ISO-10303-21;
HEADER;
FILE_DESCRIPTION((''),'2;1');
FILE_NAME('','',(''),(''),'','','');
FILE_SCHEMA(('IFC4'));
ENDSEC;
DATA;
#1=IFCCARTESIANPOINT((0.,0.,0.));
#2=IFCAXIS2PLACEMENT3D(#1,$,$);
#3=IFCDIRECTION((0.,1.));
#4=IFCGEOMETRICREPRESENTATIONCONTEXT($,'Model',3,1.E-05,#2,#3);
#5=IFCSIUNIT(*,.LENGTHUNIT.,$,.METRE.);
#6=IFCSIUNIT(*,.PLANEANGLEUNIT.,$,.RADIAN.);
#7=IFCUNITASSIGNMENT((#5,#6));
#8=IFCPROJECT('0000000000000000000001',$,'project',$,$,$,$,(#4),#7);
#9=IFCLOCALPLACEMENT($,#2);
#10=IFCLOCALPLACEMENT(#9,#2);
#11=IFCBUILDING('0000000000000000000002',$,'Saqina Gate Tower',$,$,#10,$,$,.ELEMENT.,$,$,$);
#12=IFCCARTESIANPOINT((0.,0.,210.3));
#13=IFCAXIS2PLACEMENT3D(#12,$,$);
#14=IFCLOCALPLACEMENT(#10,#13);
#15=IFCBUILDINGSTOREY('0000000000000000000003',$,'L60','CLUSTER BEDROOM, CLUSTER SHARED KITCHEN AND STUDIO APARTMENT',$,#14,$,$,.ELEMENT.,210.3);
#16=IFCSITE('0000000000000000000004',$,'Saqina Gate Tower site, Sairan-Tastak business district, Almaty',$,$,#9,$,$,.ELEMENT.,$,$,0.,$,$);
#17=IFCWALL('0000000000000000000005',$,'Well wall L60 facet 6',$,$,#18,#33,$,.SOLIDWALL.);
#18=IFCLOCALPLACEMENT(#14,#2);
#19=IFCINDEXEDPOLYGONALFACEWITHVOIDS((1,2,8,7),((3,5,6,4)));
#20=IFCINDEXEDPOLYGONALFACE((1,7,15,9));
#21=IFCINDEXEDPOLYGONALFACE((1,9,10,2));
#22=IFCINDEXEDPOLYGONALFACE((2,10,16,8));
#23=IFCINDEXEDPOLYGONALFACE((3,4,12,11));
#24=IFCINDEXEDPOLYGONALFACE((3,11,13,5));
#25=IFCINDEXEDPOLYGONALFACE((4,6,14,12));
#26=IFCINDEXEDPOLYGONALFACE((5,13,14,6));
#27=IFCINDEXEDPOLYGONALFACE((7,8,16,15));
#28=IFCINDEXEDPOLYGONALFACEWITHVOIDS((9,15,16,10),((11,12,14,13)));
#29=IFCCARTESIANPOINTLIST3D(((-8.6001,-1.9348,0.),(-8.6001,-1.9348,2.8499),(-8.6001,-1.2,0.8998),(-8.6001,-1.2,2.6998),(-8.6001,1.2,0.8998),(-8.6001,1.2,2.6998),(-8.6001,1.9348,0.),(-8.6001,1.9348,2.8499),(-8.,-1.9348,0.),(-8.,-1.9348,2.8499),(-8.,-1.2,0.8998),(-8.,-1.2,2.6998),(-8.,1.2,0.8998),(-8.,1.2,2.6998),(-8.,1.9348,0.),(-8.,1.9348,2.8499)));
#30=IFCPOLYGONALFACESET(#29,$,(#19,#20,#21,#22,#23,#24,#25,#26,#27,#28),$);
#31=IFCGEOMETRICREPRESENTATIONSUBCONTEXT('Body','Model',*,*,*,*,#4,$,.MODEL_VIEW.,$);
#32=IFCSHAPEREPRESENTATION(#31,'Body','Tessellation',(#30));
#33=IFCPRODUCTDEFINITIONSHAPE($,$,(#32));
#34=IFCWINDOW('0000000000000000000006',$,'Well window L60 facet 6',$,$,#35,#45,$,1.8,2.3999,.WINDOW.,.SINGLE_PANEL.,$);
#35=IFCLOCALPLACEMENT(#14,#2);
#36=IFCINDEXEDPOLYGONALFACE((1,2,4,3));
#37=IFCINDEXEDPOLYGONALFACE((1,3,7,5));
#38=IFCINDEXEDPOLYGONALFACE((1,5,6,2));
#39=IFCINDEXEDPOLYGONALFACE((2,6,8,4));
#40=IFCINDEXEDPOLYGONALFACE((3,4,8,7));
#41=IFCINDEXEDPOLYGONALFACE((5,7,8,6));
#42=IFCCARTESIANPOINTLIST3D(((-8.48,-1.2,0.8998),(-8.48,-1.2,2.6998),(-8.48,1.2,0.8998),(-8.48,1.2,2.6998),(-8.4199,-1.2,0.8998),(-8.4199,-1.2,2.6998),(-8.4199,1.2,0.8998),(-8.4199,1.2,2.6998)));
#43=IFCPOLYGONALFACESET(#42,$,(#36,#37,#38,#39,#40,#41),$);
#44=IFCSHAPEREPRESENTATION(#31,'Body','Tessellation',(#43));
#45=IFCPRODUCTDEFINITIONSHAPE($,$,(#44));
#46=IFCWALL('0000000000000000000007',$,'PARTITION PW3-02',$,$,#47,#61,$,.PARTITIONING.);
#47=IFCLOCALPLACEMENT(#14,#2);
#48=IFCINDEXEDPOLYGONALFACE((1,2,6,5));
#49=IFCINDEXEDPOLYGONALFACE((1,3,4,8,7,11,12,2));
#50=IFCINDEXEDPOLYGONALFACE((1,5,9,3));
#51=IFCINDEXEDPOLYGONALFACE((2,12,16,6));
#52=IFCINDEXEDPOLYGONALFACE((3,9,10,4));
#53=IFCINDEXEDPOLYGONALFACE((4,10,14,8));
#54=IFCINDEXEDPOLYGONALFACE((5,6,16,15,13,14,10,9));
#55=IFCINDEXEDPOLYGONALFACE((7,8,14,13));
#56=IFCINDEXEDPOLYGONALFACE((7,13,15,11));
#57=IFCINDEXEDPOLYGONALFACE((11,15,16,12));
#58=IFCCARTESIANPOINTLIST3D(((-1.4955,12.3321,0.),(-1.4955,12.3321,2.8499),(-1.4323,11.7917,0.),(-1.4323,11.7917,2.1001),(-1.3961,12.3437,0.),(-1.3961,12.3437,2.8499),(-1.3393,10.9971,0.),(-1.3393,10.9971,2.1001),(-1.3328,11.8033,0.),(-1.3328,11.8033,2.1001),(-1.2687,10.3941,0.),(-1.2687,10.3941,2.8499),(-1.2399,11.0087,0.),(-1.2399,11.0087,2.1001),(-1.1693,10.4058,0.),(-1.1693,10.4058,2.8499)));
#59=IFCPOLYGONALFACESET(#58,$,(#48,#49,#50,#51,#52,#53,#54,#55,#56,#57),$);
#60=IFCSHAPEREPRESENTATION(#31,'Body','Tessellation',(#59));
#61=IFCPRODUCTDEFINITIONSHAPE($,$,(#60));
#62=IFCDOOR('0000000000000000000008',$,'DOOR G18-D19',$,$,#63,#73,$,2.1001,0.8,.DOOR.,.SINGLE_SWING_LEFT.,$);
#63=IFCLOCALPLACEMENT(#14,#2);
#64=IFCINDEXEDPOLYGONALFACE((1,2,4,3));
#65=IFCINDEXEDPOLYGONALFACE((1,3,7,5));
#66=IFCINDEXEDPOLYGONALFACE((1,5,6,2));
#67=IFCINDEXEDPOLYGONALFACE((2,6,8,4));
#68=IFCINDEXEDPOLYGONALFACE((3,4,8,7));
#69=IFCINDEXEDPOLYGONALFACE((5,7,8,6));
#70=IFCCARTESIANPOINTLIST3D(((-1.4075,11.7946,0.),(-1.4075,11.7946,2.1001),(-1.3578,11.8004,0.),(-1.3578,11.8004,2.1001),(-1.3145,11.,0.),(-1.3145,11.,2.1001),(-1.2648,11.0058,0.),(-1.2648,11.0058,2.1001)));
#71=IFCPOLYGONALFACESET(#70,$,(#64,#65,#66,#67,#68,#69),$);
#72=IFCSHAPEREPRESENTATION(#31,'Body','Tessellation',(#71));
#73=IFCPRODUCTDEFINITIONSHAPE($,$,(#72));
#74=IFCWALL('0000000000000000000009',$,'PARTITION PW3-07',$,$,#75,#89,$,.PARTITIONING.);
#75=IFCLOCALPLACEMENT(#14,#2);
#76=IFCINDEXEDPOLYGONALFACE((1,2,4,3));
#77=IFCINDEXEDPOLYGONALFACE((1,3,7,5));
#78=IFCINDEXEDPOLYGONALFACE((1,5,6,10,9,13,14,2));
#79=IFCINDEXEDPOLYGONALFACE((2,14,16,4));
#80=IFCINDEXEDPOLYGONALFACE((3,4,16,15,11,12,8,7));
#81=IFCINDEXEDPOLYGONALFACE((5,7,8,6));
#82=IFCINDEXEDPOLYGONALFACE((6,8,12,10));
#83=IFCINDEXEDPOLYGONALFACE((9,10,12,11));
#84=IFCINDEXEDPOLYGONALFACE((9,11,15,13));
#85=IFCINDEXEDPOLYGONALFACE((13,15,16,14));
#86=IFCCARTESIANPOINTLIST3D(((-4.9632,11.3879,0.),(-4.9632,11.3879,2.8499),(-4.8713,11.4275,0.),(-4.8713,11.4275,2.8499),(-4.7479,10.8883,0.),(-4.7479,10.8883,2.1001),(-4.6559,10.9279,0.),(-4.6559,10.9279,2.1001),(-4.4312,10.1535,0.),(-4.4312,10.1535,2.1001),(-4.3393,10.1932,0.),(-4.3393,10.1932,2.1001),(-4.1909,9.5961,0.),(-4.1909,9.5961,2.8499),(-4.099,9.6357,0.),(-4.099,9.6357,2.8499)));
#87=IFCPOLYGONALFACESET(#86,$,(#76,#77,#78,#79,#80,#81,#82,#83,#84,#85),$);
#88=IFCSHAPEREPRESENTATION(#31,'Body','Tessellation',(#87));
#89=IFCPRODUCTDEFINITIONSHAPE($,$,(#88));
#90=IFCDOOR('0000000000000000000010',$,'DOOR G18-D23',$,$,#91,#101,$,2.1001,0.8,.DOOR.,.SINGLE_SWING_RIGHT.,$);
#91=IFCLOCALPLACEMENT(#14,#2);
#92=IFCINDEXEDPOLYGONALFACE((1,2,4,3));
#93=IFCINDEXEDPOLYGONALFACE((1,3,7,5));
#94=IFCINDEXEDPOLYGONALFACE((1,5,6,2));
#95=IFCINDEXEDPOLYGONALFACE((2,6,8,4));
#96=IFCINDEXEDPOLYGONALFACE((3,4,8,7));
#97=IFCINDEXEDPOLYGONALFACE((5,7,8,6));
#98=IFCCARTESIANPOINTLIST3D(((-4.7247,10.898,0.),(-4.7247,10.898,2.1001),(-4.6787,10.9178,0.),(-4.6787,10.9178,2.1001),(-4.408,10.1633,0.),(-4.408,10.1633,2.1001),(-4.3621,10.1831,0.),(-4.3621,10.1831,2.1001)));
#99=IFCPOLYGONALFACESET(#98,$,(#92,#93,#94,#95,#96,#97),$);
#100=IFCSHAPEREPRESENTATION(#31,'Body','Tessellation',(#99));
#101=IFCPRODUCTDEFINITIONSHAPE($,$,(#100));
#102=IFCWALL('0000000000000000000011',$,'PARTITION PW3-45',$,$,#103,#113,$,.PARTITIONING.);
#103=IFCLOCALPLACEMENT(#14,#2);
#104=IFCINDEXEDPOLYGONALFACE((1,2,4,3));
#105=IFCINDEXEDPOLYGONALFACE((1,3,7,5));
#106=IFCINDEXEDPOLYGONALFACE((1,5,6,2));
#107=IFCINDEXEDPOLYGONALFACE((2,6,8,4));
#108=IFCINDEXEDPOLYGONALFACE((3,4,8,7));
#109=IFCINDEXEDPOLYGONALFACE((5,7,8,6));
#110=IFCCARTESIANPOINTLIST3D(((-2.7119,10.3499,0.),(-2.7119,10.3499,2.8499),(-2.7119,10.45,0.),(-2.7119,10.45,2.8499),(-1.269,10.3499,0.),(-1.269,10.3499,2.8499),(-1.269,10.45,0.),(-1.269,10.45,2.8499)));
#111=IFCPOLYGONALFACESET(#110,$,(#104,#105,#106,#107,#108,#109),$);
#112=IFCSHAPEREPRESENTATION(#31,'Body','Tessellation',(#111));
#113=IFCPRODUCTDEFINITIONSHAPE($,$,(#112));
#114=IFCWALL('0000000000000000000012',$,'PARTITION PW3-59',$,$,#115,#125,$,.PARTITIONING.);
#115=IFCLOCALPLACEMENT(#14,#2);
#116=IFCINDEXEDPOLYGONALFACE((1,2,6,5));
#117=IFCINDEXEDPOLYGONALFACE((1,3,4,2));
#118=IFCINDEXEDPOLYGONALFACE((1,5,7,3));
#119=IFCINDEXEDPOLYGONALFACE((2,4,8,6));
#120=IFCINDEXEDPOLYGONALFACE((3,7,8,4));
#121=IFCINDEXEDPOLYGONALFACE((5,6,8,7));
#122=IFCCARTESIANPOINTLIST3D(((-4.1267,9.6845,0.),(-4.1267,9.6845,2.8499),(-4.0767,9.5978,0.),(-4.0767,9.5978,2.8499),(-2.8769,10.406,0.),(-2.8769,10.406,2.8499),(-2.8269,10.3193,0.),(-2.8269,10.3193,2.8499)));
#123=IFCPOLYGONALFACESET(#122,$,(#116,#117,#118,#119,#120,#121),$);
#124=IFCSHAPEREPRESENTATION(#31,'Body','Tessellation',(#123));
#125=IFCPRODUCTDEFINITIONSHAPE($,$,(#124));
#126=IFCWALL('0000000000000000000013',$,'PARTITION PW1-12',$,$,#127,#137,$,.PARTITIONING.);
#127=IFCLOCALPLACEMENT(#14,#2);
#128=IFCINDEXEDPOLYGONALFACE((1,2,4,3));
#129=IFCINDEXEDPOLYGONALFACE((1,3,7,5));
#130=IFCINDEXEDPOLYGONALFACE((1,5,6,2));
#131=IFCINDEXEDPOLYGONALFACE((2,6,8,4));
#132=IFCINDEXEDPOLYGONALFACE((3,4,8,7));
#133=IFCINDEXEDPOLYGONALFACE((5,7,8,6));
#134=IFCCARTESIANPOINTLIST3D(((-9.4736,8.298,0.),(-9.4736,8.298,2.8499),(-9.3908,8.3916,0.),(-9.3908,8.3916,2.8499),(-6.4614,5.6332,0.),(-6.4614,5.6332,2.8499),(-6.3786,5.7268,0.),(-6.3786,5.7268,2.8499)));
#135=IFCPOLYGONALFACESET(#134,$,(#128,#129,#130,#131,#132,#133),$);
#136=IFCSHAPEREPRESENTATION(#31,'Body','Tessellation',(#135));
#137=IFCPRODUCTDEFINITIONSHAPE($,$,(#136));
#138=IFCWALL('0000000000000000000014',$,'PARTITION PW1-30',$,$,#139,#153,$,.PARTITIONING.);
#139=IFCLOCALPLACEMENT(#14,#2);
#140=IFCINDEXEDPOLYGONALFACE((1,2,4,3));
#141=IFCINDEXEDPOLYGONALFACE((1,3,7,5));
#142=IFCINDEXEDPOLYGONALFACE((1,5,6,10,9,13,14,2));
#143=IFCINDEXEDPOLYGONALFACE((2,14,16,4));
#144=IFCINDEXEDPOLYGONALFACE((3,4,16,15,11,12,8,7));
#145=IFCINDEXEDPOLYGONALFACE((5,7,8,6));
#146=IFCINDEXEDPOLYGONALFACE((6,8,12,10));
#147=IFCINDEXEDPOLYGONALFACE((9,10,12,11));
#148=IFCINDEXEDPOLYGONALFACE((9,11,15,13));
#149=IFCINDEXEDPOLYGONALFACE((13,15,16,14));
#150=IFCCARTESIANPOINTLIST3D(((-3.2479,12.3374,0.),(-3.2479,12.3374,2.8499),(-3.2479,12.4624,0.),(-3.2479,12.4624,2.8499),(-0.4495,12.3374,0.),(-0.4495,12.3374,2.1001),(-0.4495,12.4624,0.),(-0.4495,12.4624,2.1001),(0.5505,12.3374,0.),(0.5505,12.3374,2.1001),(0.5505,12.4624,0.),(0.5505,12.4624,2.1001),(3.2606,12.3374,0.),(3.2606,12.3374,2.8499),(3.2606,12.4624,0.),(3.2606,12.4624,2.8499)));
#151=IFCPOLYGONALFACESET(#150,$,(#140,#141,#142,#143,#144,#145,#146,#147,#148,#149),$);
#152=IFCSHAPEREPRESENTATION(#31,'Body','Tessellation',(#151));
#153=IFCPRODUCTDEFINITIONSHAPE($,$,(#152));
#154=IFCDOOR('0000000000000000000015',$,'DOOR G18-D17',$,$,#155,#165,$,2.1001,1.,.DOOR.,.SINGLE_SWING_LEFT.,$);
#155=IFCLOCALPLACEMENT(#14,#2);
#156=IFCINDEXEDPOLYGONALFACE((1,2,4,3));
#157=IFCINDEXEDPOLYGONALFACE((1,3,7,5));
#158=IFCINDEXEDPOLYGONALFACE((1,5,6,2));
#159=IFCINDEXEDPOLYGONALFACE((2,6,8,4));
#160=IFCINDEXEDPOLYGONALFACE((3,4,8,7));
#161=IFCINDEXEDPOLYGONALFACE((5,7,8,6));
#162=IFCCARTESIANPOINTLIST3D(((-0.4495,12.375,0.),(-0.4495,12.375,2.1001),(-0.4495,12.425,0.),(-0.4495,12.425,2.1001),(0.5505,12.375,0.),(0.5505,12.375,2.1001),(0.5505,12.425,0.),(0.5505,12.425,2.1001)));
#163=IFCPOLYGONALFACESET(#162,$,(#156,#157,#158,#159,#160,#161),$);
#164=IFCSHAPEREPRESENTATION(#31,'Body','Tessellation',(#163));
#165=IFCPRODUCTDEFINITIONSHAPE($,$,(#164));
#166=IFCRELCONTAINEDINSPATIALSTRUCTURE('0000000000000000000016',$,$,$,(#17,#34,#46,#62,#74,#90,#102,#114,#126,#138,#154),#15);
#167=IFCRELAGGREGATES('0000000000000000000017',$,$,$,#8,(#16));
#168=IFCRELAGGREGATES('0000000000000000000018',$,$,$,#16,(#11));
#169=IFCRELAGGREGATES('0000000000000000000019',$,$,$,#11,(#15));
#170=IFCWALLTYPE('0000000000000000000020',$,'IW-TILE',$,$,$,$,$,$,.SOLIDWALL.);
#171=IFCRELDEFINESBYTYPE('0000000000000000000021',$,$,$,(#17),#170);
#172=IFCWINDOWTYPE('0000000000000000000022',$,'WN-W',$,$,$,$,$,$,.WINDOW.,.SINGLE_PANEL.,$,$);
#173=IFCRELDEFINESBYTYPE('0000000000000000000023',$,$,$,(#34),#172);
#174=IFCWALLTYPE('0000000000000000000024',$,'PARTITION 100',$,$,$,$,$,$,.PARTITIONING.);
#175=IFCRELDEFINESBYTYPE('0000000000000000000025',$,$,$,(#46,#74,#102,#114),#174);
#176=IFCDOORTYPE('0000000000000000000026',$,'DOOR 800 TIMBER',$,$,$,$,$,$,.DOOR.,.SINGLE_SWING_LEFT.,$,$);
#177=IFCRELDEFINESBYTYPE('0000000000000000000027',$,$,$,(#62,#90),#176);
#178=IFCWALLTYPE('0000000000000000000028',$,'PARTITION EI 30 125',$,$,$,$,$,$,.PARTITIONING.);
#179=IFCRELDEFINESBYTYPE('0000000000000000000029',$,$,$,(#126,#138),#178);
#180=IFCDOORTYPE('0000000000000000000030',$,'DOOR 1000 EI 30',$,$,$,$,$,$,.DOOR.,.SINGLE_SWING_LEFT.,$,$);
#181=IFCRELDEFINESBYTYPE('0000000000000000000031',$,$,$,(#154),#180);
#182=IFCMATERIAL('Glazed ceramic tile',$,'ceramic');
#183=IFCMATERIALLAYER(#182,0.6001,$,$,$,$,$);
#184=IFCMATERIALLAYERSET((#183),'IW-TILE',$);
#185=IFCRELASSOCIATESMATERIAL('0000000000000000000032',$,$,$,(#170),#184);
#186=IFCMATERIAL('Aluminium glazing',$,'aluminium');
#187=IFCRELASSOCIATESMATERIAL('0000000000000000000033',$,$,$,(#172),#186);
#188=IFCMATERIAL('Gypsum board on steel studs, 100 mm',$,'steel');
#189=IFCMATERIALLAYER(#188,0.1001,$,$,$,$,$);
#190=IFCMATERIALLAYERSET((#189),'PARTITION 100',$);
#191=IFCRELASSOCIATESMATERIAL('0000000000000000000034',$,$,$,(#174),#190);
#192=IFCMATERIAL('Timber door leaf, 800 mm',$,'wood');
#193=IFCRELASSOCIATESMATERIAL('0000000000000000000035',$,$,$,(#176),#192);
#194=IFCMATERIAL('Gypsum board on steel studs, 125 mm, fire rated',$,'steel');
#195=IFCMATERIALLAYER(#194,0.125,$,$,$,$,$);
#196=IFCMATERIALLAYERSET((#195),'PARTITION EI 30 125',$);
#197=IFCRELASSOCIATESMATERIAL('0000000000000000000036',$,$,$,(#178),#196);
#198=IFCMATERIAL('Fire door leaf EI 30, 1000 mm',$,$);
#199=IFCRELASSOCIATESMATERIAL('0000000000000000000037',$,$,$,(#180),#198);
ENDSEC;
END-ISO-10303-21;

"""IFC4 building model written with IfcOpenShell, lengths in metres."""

from ifc_helpers import new_model, si_unit, direction, frame, frame_2d, origin, place, context, subcontext, project, spatial, rectangle, extrude, material, layer, layer_set, type_object, element, fill, save


model = new_model("IFC4")

# Units and contexts
model_context = context("Model", 3, precision=1e-05, world=origin(), true_north=direction((0.0, 1.0)))
body_context = subcontext(model_context, "Body", "Model", "MODEL_VIEW")
ifc_project = project(units=[si_unit("LENGTHUNIT", "METRE"), si_unit("PLANEANGLEUNIT", "RADIAN")], contexts=[model_context])

# Site, building, storey
site_placement = place(None, origin())
site = spatial("IfcSite", under=ifc_project, at=site_placement, Name="Saqina Gate Tower site, Sairan-Tastak business district, Almaty", CompositionType="ELEMENT", RefElevation=0.0)
building_placement = place(site_placement, origin())
building = spatial("IfcBuilding", under=site, at=building_placement, Name="Saqina Gate Tower", CompositionType="ELEMENT")
storey_placement = place(building_placement, frame((0.0, 0.0, 210.3)))
storey = spatial("IfcBuildingStorey", under=building, at=storey_placement, Name="L60", Description="CLUSTER BEDROOM, CLUSTER SHARED KITCHEN AND STUDIO APARTMENT", CompositionType="ELEMENT", Elevation=210.3)

# Wall, opening, window
ifc_material_1 = material(Name="Glazed ceramic tile", Category="ceramic")
ifc_layer_1 = layer(ifc_material_1, 0.6001)
ifc_layer_set_1 = layer_set([ifc_layer_1], Name="IW-TILE")
wall_type_1 = type_object("IfcWallType", Name="IW-TILE", PredefinedType="SOLIDWALL", material=ifc_layer_set_1)
ifc_material_2 = material(Name="Aluminium glazing", Category="aluminium")
window_type = type_object("IfcWindowType", Name="WN-W", PartitioningType="SINGLE_PANEL", PredefinedType="WINDOW", material=ifc_material_2)
wall_1_placement = place(storey_placement, frame((-8.3, 1.9348, 0.0), z_axis=(0.0, 0.0, 1.0), x_axis=(0.0, -1.0, 0.0)))
wall_1 = element("IfcWall", 1, at=wall_1_placement, inside=storey, type_object=wall_type_1, Name="Well wall L60 facet 6", PredefinedType="SOLIDWALL", context=body_context, shape_type="SweptSolid", body=[
    extrude(rectangle(XDim=3.8696, YDim=0.6001, at=frame_2d((1.9348, 0.0))), origin(), (0.0, 0.0, 1.0), 2.8499),
])
opening_1_placement = place(wall_1_placement, frame((0.7349, 0.0, 0.8999)))
opening_1 = element("IfcOpeningElement", 2, at=opening_1_placement, cuts=wall_1, PredefinedType="OPENING", context=body_context, shape_type="SweptSolid", body=[
    extrude(rectangle(XDim=2.3999, YDim=1.8, at=frame_2d((1.2, 0.8999))), frame((0.0, 0.312, 0.0), z_axis=(0.0, -1.0, 0.0), x_axis=(1.0, 0.0, 0.0)), (0.0, 0.0, 1.0), 0.624),
])
window_1_placement = place(opening_1_placement, origin())
window_1 = element("IfcWindow", 3, at=window_1_placement, inside=storey, type_object=window_type, Name="Well window L60 facet 6", OverallHeight=1.8, OverallWidth=2.3999, PartitioningType="SINGLE_PANEL", PredefinedType="WINDOW", context=body_context, shape_type="SweptSolid", body=[
    extrude(rectangle(XDim=2.3999, YDim=1.8, at=frame_2d((1.2, 0.8999))), frame((0.0, -0.1199, 0.0), z_axis=(0.0, -1.0, 0.0), x_axis=(1.0, 0.0, 0.0)), (0.0, 0.0, 1.0), 0.0601),
])
fill(opening_1, window_1)

# Walls, openings, doors
ifc_material_3 = material(Name="Gypsum board on steel studs, 100 mm", Category="steel")
ifc_layer_2 = layer(ifc_material_3, 0.1001)
ifc_layer_set_2 = layer_set([ifc_layer_2], Name="PARTITION 100")
wall_type_2 = type_object("IfcWallType", Name="PARTITION 100", PredefinedType="PARTITIONING", material=ifc_layer_set_2)
wall_2_placement = place(storey_placement, frame((-1.4458, 12.3379, 0.0), z_axis=(0.0, 0.0, 1.0), x_axis=(0.116239, -0.993221, 0.0)))
wall_2 = element("IfcWall", 4, at=wall_2_placement, inside=storey, type_object=wall_type_2, Name="PARTITION PW3-02", PredefinedType="PARTITIONING", context=body_context, shape_type="SweptSolid", body=[
    extrude(rectangle(XDim=1.9512, YDim=0.1001, at=frame_2d((0.9756, 0.0))), origin(), (0.0, 0.0, 1.0), 2.8499),
])
opening_2_placement = place(wall_2_placement, frame((0.5442, 0.0, 0.0)))
opening_2 = element("IfcOpeningElement", 5, at=opening_2_placement, cuts=wall_2, PredefinedType="OPENING", context=body_context, shape_type="SweptSolid", body=[
    extrude(rectangle(XDim=0.8, YDim=2.1001, at=frame_2d((0.3999, 1.05))), frame((0.0, 0.062, 0.0), z_axis=(0.0, -1.0, 0.0), x_axis=(1.0, 0.0, 0.0)), (0.0, 0.0, 1.0), 0.124),
])
ifc_material_4 = material(Name="Timber door leaf, 800 mm", Category="wood")
door_type_1 = type_object("IfcDoorType", Name="DOOR 800 TIMBER", OperationType="SINGLE_SWING_LEFT", PredefinedType="DOOR", material=ifc_material_4)
door_1_placement = place(opening_2_placement, origin())
door_1 = element("IfcDoor", 6, at=door_1_placement, inside=storey, type_object=door_type_1, Name="DOOR G18-D19", OperationType="SINGLE_SWING_LEFT", OverallHeight=2.1001, OverallWidth=0.8, PredefinedType="DOOR", context=body_context, shape_type="SweptSolid", body=[
    extrude(rectangle(XDim=0.8, YDim=2.1001, at=frame_2d((0.3999, 1.05))), frame((0.0, 0.0249, 0.0), z_axis=(0.0, -1.0, 0.0), x_axis=(1.0, 0.0, 0.0)), (0.0, 0.0, 1.0), 0.05),
])
fill(opening_2, door_1)
wall_3_placement = place(storey_placement, frame((-4.9172, 11.4077, 0.0), z_axis=(0.0, 0.0, 1.0), x_axis=(0.395791, -0.918341, 0.0)))
wall_3 = element("IfcWall", 7, at=wall_3_placement, inside=storey, type_object=wall_type_2, Name="PARTITION PW3-07", PredefinedType="PARTITIONING", context=body_context, shape_type="SweptSolid", body=[
    extrude(rectangle(XDim=1.9512, YDim=0.1001, at=frame_2d((0.9756, 0.0))), origin(), (0.0, 0.0, 1.0), 2.8499),
])
opening_3_placement = place(wall_3_placement, frame((0.5442, 0.0, 0.0)))
opening_3 = element("IfcOpeningElement", 8, at=opening_3_placement, cuts=wall_3, PredefinedType="OPENING", context=body_context, shape_type="SweptSolid", body=[
    extrude(rectangle(XDim=0.8, YDim=2.1001, at=frame_2d((0.3999, 1.05))), frame((0.0, 0.062, 0.0), z_axis=(0.0, -1.0, 0.0), x_axis=(1.0, 0.0, 0.0)), (0.0, 0.0, 1.0), 0.124),
])
door_2_placement = place(opening_3_placement, frame((0.8, 0.0, 0.0), z_axis=(0.0, 0.0, 1.0), x_axis=(-1.0, 0.0, 0.0)))
door_2 = element("IfcDoor", 9, at=door_2_placement, inside=storey, type_object=door_type_1, Name="DOOR G18-D23", OperationType="SINGLE_SWING_RIGHT", OverallHeight=2.1001, OverallWidth=0.8, PredefinedType="DOOR", context=body_context, shape_type="SweptSolid", body=[
    extrude(rectangle(XDim=0.8, YDim=2.1001, at=frame_2d((0.3999, 1.05))), frame((0.0, 0.0249, 0.0), z_axis=(0.0, -1.0, 0.0), x_axis=(1.0, 0.0, 0.0)), (0.0, 0.0, 1.0), 0.05),
])
fill(opening_3, door_2)

# Walls
wall_4_placement = place(storey_placement, frame((-2.7119, 10.3999, 0.0), z_axis=(0.0, 0.0, 1.0), x_axis=(1.0, 0.0, 0.0)))
element("IfcWall", 10, at=wall_4_placement, inside=storey, type_object=wall_type_2, Name="PARTITION PW3-45", PredefinedType="PARTITIONING", context=body_context, shape_type="SweptSolid", body=[
    extrude(rectangle(XDim=1.4429, YDim=0.1001, at=frame_2d((0.7214, 0.0))), origin(), (0.0, 0.0, 1.0), 2.8499),
])
wall_5_placement = place(storey_placement, frame((-4.1018, 9.6411, 0.0), z_axis=(0.0, 0.0, 1.0), x_axis=(0.866059, 0.499942, 0.0)))
element("IfcWall", 11, at=wall_5_placement, inside=storey, type_object=wall_type_2, Name="PARTITION PW3-59", PredefinedType="PARTITIONING", context=body_context, shape_type="SweptSolid", body=[
    extrude(rectangle(XDim=1.4431, YDim=0.1001, at=frame_2d((0.7217, 0.0))), origin(), (0.0, 0.0, 1.0), 2.8499),
])
ifc_material_5 = material(Name="Gypsum board on steel studs, 125 mm, fire rated", Category="steel")
ifc_layer_3 = layer(ifc_material_5, 0.125)
ifc_layer_set_3 = layer_set([ifc_layer_3], Name="PARTITION EI 30 125")
wall_type_3 = type_object("IfcWallType", Name="PARTITION EI 30 125", PredefinedType="PARTITIONING", material=ifc_layer_set_3)
wall_6_placement = place(storey_placement, frame((-9.4321, 8.3447, 0.0), z_axis=(0.0, 0.0, 1.0), x_axis=(0.748978, -0.662595, 0.0)))
element("IfcWall", 12, at=wall_6_placement, inside=storey, type_object=wall_type_3, Name="PARTITION PW1-12", PredefinedType="PARTITIONING", context=body_context, shape_type="SweptSolid", body=[
    extrude(rectangle(XDim=4.0217, YDim=0.125, at=frame_2d((2.0107, 0.0))), origin(), (0.0, 0.0, 1.0), 2.8499),
])

# Wall, opening, door
wall_7_placement = place(storey_placement, frame((-3.248, 12.3999, 0.0), z_axis=(0.0, 0.0, 1.0), x_axis=(1.0, 0.0, 0.0)))
wall_7 = element("IfcWall", 13, at=wall_7_placement, inside=storey, type_object=wall_type_3, Name="PARTITION PW1-30", PredefinedType="PARTITIONING", context=body_context, shape_type="SweptSolid", body=[
    extrude(rectangle(XDim=6.5085, YDim=0.125, at=frame_2d((3.2544, 0.0))), origin(), (0.0, 0.0, 1.0), 2.8499),
])
opening_4_placement = place(wall_7_placement, frame((2.7986, 0.0, 0.0)))
opening_4 = element("IfcOpeningElement", 14, at=opening_4_placement, cuts=wall_7, PredefinedType="OPENING", context=body_context, shape_type="SweptSolid", body=[
    extrude(rectangle(XDim=1.0, YDim=2.1001, at=frame_2d((0.5, 1.05))), frame((0.0, 0.0745, 0.0), z_axis=(0.0, -1.0, 0.0), x_axis=(1.0, 0.0, 0.0)), (0.0, 0.0, 1.0), 0.1489),
])
ifc_material_6 = material(Name="Fire door leaf EI 30, 1000 mm")
door_type_2 = type_object("IfcDoorType", Name="DOOR 1000 EI 30", OperationType="SINGLE_SWING_LEFT", PredefinedType="DOOR", material=ifc_material_6)
door_3_placement = place(opening_4_placement, frame((1.0, 0.0, 0.0), z_axis=(0.0, 0.0, 1.0), x_axis=(-1.0, 0.0, 0.0)))
door_3 = element("IfcDoor", 15, at=door_3_placement, inside=storey, type_object=door_type_2, Name="DOOR G18-D17", OperationType="SINGLE_SWING_LEFT", OverallHeight=2.1001, OverallWidth=1.0, PredefinedType="DOOR", context=body_context, shape_type="SweptSolid", body=[
    extrude(rectangle(XDim=1.0, YDim=2.1001, at=frame_2d((0.5, 1.05))), frame((0.0, 0.0249, 0.0), z_axis=(0.0, -1.0, 0.0), x_axis=(1.0, 0.0, 0.0)), (0.0, 0.0, 1.0), 0.05),
])
fill(opening_4, door_3)

save(model, "model.ifc")
